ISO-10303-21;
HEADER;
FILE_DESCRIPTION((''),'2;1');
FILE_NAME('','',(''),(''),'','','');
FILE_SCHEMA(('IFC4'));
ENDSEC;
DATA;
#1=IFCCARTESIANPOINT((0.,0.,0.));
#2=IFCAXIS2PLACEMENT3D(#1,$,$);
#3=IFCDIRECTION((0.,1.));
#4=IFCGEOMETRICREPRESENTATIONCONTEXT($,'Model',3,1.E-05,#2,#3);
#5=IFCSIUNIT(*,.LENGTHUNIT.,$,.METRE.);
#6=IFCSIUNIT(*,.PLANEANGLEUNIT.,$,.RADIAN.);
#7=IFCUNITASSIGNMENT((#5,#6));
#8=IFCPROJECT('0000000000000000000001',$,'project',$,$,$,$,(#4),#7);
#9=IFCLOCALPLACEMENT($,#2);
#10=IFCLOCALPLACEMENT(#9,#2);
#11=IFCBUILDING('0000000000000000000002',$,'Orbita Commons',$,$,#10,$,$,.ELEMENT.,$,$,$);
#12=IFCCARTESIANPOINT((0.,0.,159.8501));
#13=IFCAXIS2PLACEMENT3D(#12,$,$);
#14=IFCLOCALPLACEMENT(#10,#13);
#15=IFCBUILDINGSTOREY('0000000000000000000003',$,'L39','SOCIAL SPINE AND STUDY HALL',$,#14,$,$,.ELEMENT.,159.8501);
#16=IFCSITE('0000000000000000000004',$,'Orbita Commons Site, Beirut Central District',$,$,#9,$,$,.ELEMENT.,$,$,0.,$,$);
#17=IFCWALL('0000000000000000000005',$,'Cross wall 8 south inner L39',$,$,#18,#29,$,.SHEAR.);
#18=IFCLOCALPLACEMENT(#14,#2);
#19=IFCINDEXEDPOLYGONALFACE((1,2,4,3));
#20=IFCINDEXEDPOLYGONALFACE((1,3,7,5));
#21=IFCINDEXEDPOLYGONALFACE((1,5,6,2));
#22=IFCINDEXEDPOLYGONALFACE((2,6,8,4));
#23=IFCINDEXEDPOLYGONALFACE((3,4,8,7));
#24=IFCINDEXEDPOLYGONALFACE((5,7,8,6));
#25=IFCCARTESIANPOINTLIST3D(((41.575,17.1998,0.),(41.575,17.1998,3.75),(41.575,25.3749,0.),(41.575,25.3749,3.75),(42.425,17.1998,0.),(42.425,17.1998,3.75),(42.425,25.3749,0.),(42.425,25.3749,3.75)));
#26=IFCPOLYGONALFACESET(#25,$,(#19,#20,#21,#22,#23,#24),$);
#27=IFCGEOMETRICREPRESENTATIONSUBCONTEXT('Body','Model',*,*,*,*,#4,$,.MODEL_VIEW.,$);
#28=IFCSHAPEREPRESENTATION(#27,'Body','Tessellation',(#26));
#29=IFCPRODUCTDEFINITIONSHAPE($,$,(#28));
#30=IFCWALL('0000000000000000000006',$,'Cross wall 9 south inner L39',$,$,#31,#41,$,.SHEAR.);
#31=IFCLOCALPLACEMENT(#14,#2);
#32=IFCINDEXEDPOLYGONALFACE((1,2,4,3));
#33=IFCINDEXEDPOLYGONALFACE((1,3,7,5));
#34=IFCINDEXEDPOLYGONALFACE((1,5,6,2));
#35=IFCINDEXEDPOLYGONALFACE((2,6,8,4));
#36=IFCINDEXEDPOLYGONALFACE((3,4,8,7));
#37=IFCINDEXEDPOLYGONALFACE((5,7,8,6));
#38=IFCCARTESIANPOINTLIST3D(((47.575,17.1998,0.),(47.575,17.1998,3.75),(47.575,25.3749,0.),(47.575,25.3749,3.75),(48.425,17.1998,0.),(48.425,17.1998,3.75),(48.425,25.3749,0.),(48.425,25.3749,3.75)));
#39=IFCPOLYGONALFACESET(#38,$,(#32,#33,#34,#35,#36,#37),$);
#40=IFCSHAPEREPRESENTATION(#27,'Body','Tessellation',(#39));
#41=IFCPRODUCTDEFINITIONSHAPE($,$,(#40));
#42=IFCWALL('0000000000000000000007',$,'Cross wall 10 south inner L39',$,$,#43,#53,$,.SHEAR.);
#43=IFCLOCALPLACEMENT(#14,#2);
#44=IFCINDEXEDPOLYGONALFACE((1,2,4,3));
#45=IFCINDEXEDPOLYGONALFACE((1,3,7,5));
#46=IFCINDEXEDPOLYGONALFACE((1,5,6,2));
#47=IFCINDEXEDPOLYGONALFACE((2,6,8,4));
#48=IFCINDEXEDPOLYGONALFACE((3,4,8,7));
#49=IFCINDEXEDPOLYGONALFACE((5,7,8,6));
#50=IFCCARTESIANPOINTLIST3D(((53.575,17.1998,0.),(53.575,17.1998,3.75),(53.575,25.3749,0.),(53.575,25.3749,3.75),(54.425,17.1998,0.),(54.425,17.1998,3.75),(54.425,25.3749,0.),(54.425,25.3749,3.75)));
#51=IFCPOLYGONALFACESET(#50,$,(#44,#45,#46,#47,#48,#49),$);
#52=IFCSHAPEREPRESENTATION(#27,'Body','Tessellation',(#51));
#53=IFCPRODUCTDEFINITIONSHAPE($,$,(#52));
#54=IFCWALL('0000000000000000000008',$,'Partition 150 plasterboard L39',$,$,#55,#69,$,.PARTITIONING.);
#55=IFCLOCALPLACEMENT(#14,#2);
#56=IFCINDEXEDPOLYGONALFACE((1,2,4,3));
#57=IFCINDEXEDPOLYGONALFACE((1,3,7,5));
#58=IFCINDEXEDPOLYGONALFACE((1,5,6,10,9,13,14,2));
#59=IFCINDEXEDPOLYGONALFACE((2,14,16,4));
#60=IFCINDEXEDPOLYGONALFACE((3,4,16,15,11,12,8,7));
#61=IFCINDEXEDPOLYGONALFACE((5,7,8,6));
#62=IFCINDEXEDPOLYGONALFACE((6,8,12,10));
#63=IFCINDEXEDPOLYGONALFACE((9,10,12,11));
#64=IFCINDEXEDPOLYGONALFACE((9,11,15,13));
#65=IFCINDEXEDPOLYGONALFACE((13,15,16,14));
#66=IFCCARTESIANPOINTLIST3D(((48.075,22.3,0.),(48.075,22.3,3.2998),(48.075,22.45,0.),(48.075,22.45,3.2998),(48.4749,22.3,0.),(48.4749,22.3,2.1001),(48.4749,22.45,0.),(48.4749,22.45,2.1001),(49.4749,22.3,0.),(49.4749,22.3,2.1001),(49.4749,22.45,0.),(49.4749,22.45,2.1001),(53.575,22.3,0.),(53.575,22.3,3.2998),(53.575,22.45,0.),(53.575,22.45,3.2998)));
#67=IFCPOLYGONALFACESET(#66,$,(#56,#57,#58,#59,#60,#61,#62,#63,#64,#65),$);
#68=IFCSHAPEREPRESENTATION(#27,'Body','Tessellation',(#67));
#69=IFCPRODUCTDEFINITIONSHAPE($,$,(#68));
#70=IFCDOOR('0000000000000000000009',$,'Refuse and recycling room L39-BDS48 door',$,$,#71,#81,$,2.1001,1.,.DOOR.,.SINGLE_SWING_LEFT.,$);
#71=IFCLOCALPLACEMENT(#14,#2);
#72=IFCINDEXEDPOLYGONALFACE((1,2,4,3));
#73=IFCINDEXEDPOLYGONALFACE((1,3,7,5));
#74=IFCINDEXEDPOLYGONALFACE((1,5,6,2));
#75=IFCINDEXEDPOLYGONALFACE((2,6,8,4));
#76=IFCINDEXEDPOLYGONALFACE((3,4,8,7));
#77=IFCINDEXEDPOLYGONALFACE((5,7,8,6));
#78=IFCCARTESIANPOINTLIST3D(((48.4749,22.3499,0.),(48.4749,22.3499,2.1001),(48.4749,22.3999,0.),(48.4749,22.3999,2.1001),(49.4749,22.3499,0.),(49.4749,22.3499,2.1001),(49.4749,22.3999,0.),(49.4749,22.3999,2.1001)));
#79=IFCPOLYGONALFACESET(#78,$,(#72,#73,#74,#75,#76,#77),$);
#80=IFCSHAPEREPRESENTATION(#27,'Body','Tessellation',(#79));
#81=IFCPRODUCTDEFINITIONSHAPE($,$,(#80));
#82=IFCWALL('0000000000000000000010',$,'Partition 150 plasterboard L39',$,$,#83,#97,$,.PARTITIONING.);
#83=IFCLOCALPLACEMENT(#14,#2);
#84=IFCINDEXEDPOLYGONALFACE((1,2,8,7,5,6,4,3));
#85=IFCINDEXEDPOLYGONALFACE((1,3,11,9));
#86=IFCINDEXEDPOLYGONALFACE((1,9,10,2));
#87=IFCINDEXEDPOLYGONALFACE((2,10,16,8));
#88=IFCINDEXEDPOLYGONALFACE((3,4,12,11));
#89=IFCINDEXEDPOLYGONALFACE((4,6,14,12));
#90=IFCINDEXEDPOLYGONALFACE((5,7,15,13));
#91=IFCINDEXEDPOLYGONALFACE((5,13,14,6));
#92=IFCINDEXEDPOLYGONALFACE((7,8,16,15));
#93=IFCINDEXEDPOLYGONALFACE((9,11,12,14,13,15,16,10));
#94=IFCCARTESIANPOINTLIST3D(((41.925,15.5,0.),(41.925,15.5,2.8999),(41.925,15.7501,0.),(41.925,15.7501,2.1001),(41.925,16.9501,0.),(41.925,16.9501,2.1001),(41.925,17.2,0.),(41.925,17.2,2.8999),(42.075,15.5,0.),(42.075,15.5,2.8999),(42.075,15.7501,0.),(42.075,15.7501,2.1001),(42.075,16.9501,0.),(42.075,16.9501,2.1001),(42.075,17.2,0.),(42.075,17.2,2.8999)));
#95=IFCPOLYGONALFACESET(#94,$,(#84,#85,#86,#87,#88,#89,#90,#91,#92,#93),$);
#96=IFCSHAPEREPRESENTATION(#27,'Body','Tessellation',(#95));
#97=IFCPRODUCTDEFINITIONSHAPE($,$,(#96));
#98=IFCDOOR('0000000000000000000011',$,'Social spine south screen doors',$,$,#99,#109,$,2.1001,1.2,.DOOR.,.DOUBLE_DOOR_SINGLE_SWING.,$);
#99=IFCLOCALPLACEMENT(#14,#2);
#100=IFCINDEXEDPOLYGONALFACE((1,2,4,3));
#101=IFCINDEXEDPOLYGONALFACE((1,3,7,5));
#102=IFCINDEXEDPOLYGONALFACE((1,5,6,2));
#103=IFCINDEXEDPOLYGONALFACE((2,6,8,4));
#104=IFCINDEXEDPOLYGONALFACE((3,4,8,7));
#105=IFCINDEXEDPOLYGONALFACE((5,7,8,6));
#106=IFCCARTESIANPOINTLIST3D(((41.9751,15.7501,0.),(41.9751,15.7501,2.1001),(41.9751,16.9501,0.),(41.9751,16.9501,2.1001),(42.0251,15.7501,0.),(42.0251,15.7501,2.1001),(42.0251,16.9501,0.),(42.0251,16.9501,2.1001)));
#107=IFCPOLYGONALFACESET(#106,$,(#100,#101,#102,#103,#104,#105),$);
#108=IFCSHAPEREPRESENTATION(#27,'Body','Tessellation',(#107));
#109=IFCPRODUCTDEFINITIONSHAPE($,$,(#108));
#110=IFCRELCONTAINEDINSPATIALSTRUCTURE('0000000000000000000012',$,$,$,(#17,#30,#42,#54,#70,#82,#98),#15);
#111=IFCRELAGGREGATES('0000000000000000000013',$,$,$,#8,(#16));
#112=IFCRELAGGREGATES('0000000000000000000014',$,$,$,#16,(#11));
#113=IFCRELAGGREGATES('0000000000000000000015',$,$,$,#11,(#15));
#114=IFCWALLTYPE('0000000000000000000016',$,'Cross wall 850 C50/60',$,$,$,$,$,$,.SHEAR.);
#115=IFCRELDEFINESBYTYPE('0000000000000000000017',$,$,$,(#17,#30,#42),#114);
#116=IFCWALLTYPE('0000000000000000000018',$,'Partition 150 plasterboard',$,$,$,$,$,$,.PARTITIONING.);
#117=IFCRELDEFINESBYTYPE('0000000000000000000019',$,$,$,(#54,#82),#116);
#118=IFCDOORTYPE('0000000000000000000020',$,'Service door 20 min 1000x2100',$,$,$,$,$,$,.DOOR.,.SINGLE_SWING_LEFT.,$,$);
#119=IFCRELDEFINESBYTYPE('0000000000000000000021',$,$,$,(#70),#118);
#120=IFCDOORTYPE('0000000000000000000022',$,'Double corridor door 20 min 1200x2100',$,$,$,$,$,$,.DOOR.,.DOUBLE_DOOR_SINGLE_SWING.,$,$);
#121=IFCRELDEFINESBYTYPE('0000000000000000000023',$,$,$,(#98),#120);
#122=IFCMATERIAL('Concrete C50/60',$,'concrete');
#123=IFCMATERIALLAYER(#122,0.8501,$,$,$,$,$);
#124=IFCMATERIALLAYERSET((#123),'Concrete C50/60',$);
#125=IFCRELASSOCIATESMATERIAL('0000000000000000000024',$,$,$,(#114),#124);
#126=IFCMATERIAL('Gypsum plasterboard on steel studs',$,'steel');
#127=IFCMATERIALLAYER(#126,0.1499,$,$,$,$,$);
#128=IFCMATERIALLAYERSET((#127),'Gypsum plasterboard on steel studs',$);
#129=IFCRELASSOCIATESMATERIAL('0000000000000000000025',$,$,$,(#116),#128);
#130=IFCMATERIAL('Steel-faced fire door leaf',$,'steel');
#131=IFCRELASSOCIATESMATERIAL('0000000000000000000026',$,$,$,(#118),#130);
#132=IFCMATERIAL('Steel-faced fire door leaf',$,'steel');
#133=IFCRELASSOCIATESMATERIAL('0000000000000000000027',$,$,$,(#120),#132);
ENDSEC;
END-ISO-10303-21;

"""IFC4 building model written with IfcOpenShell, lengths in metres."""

from ifc_helpers import new_model, si_unit, direction, frame, frame_2d, origin, place, context, subcontext, project, spatial, polyline, rectangle, outline, extrude, material, layer, layer_set, type_object, element, fill, save


model = new_model("IFC4")

# Units and contexts
model_context = context("Model", 3, precision=1e-05, world=origin(), true_north=direction((0.0, 1.0)))
body_context = subcontext(model_context, "Body", "Model", "MODEL_VIEW")
ifc_project = project(units=[si_unit("LENGTHUNIT", "METRE"), si_unit("PLANEANGLEUNIT", "RADIAN")], contexts=[model_context])

# Site, building, storey
site_placement = place(None, origin())
site = spatial("IfcSite", under=ifc_project, at=site_placement, Name="Orbita Commons Site, Beirut Central District", CompositionType="ELEMENT", RefElevation=0.0)
building_placement = place(site_placement, origin())
building = spatial("IfcBuilding", under=site, at=building_placement, Name="Orbita Commons", CompositionType="ELEMENT")
storey_placement = place(building_placement, frame((0.0, 0.0, 159.8501)))
storey = spatial("IfcBuildingStorey", under=building, at=storey_placement, Name="L39", Description="SOCIAL SPINE AND STUDY HALL", CompositionType="ELEMENT", Elevation=159.8501)

# Walls
ifc_material_1 = material(Name="Concrete C50/60", Category="concrete")
ifc_layer_1 = layer(ifc_material_1, 0.8501)
ifc_layer_set_1 = layer_set([ifc_layer_1], Name="Concrete C50/60")
wall_type_1 = type_object("IfcWallType", Name="Cross wall 850 C50/60", PredefinedType="SHEAR", material=ifc_layer_set_1)
for number, where, z_axis, x_axis, name in (
    (1, (42.0, 17.2, 0.0), (0.0, 0.0, 1.0), (0.0, 1.0, 0.0), "Cross wall 8 south inner L39"),
    (2, (48.0, 17.2, 0.0), (0.0, 0.0, 1.0), (0.0, 1.0, 0.0), "Cross wall 9 south inner L39"),
    (3, (54.0, 17.2, 0.0), (0.0, 0.0, 1.0), (0.0, 1.0, 0.0), "Cross wall 10 south inner L39"),
):
    element("IfcWall", number, at=place(storey_placement, frame(where, z_axis=z_axis, x_axis=x_axis)), inside=storey, type_object=wall_type_1, Name=name, PredefinedType="SHEAR", context=body_context, shape_type="SweptSolid", body=[
        extrude(rectangle(XDim=8.175, YDim=0.8501, at=frame_2d((4.0874, 0.0))), origin(), (0.0, 0.0, 1.0), 3.75),
    ])

# Walls, openings, doors
ifc_material_2 = material(Name="Gypsum plasterboard on steel studs", Category="steel")
ifc_layer_2 = layer(ifc_material_2, 0.1499)
ifc_layer_set_2 = layer_set([ifc_layer_2], Name="Gypsum plasterboard on steel studs")
wall_type_2 = type_object("IfcWallType", Name="Partition 150 plasterboard", PredefinedType="PARTITIONING", material=ifc_layer_set_2)
wall_1_placement = place(storey_placement, frame((48.075, 22.375, 0.0), z_axis=(0.0, 0.0, 1.0), x_axis=(1.0, 0.0, 0.0)))
wall_1 = element("IfcWall", 4, at=wall_1_placement, inside=storey, type_object=wall_type_2, Name="Partition 150 plasterboard L39", PredefinedType="PARTITIONING", context=body_context, shape_type="SweptSolid", body=[
    extrude(rectangle(XDim=5.5, YDim=0.1499, at=frame_2d((2.75, 0.0))), origin(), (0.0, 0.0, 1.0), 3.2998),
])
opening_1_placement = place(wall_1_placement, frame((0.3999, 0.0, 0.0)))
opening_1 = element("IfcOpeningElement", 5, at=opening_1_placement, cuts=wall_1, PredefinedType="OPENING", context=body_context, shape_type="SweptSolid", body=[
    extrude(rectangle(XDim=1.0, YDim=2.1001, at=frame_2d((0.5, 1.05))), frame((0.0, 0.085, 0.0), z_axis=(0.0, -1.0, 0.0), x_axis=(1.0, 0.0, 0.0)), (0.0, 0.0, 1.0), 0.1699),
])
ifc_material_3 = material(Name="Steel-faced fire door leaf", Category="steel")
door_type_1 = type_object("IfcDoorType", Name="Service door 20 min 1000x2100", OperationType="SINGLE_SWING_LEFT", PredefinedType="DOOR", material=ifc_material_3)
door_1_placement = place(opening_1_placement, origin())
door_1 = element("IfcDoor", 6, at=door_1_placement, inside=storey, type_object=door_type_1, Name="Refuse and recycling room L39-BDS48 door", OperationType="SINGLE_SWING_LEFT", OverallHeight=2.1001, OverallWidth=1.0, PredefinedType="DOOR", context=body_context, shape_type="SweptSolid", body=[
    extrude(rectangle(XDim=1.0, YDim=2.1001, at=frame_2d((0.5, 1.05))), frame((0.0, 0.0249, 0.0), z_axis=(0.0, -1.0, 0.0), x_axis=(1.0, 0.0, 0.0)), (0.0, 0.0, 1.0), 0.05),
])
fill(opening_1, door_1)
wall_2_placement = place(storey_placement, frame((42.0, 15.5, 0.0), z_axis=(0.0, 0.0, 1.0), x_axis=(0.0, 1.0, 0.0)))
wall_2 = element("IfcWall", 7, at=wall_2_placement, inside=storey, type_object=wall_type_2, Name="Partition 150 plasterboard L39", PredefinedType="PARTITIONING", context=body_context, shape_type="SweptSolid", body=[
    extrude(outline(polyline([(0.0, 0.0), (1.7, 0.0), (1.7, 2.8999), (0.0, 2.8999), (0.0, 0.0)])), frame((0.0, 0.075, 0.0), z_axis=(0.0, -1.0, 0.0), x_axis=(1.0, 0.0, 0.0)), (0.0, 0.0, 1.0), 0.1499),
])
opening_2_placement = place(wall_2_placement, frame((0.25, 0.0, 0.0)))
opening_2 = element("IfcOpeningElement", 8, at=opening_2_placement, cuts=wall_2, PredefinedType="OPENING", context=body_context, shape_type="SweptSolid", body=[
    extrude(rectangle(XDim=1.2, YDim=2.1001, at=frame_2d((0.6001, 1.05))), frame((0.0, 0.085, 0.0), z_axis=(0.0, -1.0, 0.0), x_axis=(1.0, 0.0, 0.0)), (0.0, 0.0, 1.0), 0.1699),
])
ifc_material_4 = material(Name="Steel-faced fire door leaf", Category="steel")
door_type_2 = type_object("IfcDoorType", Name="Double corridor door 20 min 1200x2100", OperationType="DOUBLE_DOOR_SINGLE_SWING", PredefinedType="DOOR", material=ifc_material_4)
door_2_placement = place(opening_2_placement, origin())
door_2 = element("IfcDoor", 9, at=door_2_placement, inside=storey, type_object=door_type_2, Name="Social spine south screen doors", OperationType="DOUBLE_DOOR_SINGLE_SWING", OverallHeight=2.1001, OverallWidth=1.2, PredefinedType="DOOR", context=body_context, shape_type="SweptSolid", body=[
    extrude(rectangle(XDim=1.2, YDim=2.1001, at=frame_2d((0.6001, 1.05))), frame((0.0, 0.0249, 0.0), z_axis=(0.0, -1.0, 0.0), x_axis=(1.0, 0.0, 0.0)), (0.0, 0.0, 1.0), 0.05),
])
fill(opening_2, door_2)

save(model, "model.ifc")
